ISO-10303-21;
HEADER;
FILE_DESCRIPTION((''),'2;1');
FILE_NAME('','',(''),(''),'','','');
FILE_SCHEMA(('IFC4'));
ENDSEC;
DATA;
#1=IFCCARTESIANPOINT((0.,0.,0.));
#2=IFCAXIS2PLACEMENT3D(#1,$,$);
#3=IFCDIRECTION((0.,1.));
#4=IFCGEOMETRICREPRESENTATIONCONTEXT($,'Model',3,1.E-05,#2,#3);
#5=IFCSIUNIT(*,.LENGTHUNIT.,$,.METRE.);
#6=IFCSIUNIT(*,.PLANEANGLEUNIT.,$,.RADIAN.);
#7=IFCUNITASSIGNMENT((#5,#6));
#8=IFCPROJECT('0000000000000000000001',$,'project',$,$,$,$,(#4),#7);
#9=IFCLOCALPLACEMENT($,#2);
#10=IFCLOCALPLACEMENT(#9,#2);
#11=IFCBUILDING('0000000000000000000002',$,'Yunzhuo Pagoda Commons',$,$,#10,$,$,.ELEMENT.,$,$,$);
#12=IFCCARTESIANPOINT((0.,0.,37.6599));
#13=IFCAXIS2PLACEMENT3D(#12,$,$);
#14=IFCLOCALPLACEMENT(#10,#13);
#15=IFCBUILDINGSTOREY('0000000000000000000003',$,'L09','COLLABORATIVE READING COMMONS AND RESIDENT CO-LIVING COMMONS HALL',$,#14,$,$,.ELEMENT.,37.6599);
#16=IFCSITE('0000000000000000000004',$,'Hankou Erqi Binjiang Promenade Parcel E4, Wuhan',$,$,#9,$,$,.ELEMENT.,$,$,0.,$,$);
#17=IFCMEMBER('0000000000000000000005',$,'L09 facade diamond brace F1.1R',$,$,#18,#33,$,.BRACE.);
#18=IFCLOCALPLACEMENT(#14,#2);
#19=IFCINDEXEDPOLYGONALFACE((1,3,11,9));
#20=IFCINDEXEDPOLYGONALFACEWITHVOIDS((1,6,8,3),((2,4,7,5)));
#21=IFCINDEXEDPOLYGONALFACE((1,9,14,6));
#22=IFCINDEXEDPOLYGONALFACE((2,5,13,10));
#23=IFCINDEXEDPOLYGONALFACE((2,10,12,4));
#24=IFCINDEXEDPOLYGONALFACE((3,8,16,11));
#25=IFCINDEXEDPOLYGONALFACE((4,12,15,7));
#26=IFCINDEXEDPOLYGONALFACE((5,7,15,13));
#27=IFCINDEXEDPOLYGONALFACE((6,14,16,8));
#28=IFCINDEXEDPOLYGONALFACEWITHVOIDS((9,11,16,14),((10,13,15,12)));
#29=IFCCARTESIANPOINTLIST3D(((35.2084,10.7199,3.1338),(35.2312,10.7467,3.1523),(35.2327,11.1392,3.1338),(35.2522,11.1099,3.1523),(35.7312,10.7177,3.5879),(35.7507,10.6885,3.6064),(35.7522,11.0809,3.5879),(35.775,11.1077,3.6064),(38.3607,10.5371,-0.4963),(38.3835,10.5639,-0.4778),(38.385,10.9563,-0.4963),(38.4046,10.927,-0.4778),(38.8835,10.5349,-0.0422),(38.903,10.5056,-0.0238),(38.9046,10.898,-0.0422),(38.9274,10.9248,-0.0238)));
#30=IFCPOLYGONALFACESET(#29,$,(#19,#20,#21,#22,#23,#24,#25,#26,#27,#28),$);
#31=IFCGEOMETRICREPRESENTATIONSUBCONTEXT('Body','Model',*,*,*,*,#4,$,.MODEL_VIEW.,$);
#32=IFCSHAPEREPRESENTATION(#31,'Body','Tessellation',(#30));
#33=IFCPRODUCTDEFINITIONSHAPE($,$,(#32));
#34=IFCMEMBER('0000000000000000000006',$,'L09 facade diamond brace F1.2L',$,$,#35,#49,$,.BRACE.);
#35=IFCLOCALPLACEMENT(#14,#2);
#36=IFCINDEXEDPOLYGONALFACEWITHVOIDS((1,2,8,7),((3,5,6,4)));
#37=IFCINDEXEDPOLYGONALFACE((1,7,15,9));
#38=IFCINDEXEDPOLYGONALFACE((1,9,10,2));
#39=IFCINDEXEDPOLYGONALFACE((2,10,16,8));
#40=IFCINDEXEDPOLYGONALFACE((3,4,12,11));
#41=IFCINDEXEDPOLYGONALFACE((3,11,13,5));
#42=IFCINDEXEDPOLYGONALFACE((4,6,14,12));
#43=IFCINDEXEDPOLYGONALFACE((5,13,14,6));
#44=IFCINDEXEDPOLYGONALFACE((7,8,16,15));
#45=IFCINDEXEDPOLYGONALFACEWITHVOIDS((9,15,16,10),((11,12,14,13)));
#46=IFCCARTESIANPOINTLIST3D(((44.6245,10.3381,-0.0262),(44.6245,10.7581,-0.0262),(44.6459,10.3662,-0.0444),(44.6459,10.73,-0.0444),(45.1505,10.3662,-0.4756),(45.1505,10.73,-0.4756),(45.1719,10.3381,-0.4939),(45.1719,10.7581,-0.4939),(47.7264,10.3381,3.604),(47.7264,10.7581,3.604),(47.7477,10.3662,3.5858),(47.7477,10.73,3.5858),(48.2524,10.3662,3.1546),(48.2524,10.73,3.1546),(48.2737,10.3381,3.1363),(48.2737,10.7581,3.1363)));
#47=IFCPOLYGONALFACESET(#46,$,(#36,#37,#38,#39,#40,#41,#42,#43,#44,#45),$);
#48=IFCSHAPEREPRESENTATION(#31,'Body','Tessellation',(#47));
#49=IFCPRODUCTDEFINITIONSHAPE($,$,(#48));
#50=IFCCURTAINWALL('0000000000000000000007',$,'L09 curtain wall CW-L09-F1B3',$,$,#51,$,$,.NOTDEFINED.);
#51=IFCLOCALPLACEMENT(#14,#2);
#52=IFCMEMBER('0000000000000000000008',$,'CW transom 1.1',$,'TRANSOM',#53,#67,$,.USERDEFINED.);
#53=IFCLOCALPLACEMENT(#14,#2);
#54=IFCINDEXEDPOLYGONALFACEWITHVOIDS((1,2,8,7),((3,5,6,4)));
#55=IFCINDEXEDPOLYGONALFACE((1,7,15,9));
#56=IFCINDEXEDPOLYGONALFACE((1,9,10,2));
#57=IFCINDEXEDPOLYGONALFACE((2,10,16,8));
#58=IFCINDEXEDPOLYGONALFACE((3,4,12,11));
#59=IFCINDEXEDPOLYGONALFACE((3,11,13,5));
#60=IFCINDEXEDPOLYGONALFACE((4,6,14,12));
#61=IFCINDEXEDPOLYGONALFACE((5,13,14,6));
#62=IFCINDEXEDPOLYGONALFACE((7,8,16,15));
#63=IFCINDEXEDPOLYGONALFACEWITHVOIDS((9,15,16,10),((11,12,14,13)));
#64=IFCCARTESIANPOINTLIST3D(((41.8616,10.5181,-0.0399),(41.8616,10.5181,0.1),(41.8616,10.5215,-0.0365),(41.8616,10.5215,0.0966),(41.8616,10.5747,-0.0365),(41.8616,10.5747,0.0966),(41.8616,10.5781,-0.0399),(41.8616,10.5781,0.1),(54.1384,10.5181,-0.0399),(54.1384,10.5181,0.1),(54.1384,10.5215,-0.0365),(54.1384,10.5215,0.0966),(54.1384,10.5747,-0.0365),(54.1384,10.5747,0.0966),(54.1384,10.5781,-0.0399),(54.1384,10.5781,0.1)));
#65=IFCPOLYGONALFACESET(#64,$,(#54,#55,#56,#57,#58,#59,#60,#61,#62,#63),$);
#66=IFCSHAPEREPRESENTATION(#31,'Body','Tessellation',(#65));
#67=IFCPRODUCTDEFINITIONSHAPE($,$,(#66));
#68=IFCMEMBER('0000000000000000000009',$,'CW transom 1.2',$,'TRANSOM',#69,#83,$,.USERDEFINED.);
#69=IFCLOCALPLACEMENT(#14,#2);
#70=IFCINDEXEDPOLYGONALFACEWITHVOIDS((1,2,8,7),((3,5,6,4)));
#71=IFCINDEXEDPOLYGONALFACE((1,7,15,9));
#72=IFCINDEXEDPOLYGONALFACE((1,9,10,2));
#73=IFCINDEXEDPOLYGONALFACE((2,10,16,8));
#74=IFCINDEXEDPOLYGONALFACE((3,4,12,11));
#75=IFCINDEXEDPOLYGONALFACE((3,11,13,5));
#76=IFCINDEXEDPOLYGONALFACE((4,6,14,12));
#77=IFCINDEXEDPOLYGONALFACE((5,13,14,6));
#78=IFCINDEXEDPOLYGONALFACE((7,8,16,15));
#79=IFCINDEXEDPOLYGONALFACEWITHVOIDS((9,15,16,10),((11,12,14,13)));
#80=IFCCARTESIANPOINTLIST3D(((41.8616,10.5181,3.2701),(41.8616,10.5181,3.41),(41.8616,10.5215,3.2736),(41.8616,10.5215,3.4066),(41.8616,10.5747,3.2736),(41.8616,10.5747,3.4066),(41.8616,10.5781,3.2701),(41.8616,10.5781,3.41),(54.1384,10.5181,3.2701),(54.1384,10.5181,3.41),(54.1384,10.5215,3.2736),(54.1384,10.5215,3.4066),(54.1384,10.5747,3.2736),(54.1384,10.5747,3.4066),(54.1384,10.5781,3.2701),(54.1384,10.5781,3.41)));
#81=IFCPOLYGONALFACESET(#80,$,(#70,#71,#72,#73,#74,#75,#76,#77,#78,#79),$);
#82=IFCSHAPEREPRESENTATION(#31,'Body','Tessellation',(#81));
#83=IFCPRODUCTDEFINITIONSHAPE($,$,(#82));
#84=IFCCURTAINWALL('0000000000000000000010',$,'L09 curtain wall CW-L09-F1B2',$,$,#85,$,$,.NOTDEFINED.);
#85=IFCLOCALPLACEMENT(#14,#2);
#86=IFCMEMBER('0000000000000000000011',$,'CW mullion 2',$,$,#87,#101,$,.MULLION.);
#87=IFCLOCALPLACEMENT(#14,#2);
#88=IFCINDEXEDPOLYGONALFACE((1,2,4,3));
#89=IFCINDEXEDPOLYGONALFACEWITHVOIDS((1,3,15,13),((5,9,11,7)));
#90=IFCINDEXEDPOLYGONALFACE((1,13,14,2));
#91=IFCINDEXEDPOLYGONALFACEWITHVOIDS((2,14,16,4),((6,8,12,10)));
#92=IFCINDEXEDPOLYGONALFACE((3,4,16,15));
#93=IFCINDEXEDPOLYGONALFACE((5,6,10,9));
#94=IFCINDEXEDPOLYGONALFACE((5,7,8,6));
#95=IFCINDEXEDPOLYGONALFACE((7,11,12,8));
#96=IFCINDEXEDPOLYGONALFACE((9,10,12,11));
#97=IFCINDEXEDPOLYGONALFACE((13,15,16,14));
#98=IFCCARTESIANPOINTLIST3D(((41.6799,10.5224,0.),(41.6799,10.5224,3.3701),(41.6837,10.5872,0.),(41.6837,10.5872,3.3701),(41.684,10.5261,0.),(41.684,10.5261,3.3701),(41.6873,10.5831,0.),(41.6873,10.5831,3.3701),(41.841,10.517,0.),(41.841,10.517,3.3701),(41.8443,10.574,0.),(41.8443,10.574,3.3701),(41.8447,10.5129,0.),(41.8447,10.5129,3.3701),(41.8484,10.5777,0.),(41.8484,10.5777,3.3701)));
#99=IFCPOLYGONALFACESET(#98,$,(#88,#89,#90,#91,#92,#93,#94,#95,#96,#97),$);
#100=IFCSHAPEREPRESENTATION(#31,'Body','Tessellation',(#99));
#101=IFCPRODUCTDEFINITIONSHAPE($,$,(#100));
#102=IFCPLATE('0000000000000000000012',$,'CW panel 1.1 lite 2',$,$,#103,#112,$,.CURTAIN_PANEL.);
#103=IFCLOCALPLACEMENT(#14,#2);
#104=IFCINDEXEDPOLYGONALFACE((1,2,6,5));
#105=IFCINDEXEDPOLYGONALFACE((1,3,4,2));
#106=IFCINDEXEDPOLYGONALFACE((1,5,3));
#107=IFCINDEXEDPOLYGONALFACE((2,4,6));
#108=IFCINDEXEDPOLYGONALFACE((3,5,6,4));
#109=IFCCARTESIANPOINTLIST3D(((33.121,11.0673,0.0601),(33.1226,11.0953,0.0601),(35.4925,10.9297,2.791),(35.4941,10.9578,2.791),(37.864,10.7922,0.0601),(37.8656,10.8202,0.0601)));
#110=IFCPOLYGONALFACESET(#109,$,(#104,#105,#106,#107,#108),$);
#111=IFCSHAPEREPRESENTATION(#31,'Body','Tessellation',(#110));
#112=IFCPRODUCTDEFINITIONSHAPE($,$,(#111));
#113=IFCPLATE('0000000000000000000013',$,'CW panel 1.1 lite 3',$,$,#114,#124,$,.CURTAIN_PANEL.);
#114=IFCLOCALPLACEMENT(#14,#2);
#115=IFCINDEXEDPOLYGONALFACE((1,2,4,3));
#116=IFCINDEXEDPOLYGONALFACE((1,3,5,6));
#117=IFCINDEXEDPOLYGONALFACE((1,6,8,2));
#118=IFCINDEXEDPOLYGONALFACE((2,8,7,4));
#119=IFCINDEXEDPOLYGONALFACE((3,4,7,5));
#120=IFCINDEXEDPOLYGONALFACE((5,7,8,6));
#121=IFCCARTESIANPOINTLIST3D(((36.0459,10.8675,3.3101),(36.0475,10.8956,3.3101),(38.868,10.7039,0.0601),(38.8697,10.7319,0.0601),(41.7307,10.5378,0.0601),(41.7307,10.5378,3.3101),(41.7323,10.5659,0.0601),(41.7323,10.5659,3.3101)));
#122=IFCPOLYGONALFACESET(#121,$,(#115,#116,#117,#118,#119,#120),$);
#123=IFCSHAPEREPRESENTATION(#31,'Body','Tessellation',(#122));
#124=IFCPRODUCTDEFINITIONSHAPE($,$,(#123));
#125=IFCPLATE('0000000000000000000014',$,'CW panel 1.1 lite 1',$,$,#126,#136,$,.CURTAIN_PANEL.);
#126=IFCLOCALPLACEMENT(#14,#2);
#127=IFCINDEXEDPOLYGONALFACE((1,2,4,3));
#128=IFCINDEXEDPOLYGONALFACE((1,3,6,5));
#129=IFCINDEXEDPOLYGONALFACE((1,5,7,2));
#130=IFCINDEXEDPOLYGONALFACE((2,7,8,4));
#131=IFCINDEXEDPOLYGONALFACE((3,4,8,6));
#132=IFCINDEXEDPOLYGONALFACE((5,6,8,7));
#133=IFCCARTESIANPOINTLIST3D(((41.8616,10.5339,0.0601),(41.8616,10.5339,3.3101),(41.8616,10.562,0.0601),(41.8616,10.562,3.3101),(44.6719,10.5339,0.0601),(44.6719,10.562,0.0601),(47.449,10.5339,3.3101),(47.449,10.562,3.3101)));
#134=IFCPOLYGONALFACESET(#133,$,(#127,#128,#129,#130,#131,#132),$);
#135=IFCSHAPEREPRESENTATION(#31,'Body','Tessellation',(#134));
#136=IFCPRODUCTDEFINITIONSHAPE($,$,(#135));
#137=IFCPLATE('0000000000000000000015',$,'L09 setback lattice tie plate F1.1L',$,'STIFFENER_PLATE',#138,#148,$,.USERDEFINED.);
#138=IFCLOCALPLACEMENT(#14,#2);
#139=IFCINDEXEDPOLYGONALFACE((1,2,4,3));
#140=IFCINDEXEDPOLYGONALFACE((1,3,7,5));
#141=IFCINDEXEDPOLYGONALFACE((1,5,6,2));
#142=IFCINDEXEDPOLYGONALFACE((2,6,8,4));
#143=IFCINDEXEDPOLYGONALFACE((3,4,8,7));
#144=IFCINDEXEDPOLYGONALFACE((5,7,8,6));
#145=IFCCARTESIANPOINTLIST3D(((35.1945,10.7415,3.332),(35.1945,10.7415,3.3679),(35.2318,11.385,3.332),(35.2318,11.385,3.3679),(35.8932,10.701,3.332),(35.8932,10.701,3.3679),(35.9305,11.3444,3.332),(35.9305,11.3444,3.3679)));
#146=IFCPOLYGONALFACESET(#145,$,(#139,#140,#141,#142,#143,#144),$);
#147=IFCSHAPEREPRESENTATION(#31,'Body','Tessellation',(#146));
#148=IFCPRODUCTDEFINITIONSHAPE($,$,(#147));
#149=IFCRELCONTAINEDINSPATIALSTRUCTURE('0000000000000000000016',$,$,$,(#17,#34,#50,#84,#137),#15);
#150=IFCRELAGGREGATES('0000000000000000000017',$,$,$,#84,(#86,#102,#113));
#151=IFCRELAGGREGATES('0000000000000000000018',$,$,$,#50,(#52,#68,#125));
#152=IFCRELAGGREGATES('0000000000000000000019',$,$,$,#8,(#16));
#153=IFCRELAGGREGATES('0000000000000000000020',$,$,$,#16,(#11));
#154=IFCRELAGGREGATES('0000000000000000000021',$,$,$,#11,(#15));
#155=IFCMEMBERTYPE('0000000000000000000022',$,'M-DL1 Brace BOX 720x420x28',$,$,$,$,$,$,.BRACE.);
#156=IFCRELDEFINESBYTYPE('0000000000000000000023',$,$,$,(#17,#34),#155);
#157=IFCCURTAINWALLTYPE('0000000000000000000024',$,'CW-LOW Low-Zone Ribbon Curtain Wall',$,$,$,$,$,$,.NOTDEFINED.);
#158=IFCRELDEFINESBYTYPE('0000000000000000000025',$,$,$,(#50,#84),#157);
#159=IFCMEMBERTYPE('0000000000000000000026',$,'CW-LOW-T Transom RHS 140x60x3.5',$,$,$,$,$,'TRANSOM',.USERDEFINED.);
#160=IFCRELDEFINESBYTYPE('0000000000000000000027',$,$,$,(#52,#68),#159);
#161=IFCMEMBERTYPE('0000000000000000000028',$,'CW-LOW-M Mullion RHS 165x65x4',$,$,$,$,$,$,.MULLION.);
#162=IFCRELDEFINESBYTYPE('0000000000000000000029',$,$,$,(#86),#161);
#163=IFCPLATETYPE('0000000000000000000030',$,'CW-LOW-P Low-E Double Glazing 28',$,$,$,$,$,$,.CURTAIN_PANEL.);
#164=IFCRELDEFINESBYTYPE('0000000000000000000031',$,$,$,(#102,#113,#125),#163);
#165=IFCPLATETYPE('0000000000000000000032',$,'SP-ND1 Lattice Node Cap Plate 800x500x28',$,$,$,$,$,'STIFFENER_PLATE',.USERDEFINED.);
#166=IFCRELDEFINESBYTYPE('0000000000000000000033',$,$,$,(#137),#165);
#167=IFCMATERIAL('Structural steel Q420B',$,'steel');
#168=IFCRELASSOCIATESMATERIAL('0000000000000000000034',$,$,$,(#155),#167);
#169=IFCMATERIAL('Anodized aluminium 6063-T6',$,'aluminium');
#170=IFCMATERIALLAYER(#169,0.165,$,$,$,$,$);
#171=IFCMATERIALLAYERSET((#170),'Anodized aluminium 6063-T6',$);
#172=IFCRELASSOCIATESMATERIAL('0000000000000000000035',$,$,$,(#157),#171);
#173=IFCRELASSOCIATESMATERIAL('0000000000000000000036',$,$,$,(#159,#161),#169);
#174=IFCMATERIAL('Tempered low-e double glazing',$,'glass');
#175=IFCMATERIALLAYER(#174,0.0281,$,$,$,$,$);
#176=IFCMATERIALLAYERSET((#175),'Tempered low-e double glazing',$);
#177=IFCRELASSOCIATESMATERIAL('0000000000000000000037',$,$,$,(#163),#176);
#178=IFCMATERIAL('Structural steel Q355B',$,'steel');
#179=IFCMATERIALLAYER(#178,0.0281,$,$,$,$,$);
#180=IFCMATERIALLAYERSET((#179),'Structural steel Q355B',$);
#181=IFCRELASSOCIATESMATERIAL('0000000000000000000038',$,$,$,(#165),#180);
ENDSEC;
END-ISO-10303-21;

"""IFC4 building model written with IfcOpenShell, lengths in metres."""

from ifc_helpers import new_model, si_unit, direction, frame, origin, origin_2d, place, context, subcontext, project, spatial, polyline, rectangle, hollow_rectangle, outline, extrude, source, transform, mapped, material, layer, layer_set, material_profile, profile_set, type_object, element, aggregate, save


model = new_model("IFC4")

# Units and contexts
model_context = context("Model", 3, precision=1e-05, world=origin(), true_north=direction((0.0, 1.0)))
body_context = subcontext(model_context, "Body", "Model", "MODEL_VIEW")
ifc_project = project(units=[si_unit("LENGTHUNIT", "METRE"), si_unit("PLANEANGLEUNIT", "RADIAN")], contexts=[model_context])

# Site, building, storey
site_placement = place(None, origin())
site = spatial("IfcSite", under=ifc_project, at=site_placement, Name="Hankou Erqi Binjiang Promenade Parcel E4, Wuhan", CompositionType="ELEMENT", RefElevation=0.0)
building_placement = place(site_placement, origin())
building = spatial("IfcBuilding", under=site, at=building_placement, Name="Yunzhuo Pagoda Commons", CompositionType="ELEMENT")
storey_placement = place(building_placement, frame((0.0, 0.0, 37.6599)))
storey = spatial("IfcBuildingStorey", under=building, at=storey_placement, Name="L09", Description="COLLABORATIVE READING COMMONS AND RESIDENT CO-LIVING COMMONS HALL", CompositionType="ELEMENT", Elevation=37.6599)

# Shared definitions
ifc_material_1 = material(Name="Structural steel Q420B", Category="steel")

# Shared definitions
ifc_material_2 = material(Name="Structural steel Q355B", Category="steel")

# Members
ifc_material_profile_1 = material_profile(ifc_material_1, hollow_rectangle(XDim=0.4199, YDim=0.72, WallThickness=0.0281, at=origin_2d()), Name="Structural steel Q420B")
ifc_profile_set_1 = profile_set([ifc_material_profile_1], Name="Structural steel Q420B")
member_type_1 = type_object("IfcMemberType", Name="M-DL1 Brace BOX 720x420x28", PredefinedType="BRACE", material=ifc_profile_set_1)
shared_shape_1 = source(origin(), body_context, "Body", "SweptSolid", [
    extrude(hollow_rectangle(XDim=0.4199, YDim=0.72, WallThickness=0.0281, at=origin_2d()), origin(), (0.0, 0.0, 1.0), 4.8113),
])
member_1_placement = place(storey_placement, frame((38.644, 10.731, -0.26), z_axis=(-0.655197, 0.038007, 0.754501), x_axis=(-0.057911, -0.998322, 0.0)))
element("IfcMember", 1, at=member_1_placement, inside=storey, type_object=member_type_1, Name="L09 facade diamond brace F1.1R", PredefinedType="BRACE", context=body_context, shape_type="MappedRepresentation", body=[
    mapped(shared_shape_1, transform((0.0, 0.0, 0.0), scale=1.0)),
])
shared_shape_2 = source(origin(), body_context, "Body", "SweptSolid", [
    extrude(hollow_rectangle(XDim=0.4199, YDim=0.72, WallThickness=0.0281, at=origin_2d()), origin(), (0.0, 0.0, 1.0), 4.7749),
])
member_2_placement = place(storey_placement, frame((44.8982, 10.5481, -0.26), z_axis=(0.649616, 0.0, 0.760263), x_axis=(0.0, 1.0, 0.0)))
element("IfcMember", 2, at=member_2_placement, inside=storey, type_object=member_type_1, Name="L09 facade diamond brace F1.2L", PredefinedType="BRACE", context=body_context, shape_type="MappedRepresentation", body=[
    mapped(shared_shape_2, transform((0.0, 0.0, 0.0), scale=1.0)),
])

# Curtain wall, members
ifc_material_3 = material(Name="Anodized aluminium 6063-T6", Category="aluminium")
ifc_layer_1 = layer(ifc_material_3, 0.165)
ifc_layer_set_1 = layer_set([ifc_layer_1], Name="Anodized aluminium 6063-T6")
curtain_wall_type = type_object("IfcCurtainWallType", Name="CW-LOW Low-Zone Ribbon Curtain Wall", PredefinedType="NOTDEFINED", material=ifc_layer_set_1)
curtain_wall_1_placement = place(storey_placement, origin())
curtain_wall_1 = element("IfcCurtainWall", 3, at=curtain_wall_1_placement, inside=storey, type_object=curtain_wall_type, Name="L09 curtain wall CW-L09-F1B3", PredefinedType="NOTDEFINED")
ifc_material_profile_2 = material_profile(ifc_material_3, hollow_rectangle(XDim=0.0601, YDim=0.1399, WallThickness=0.0034, at=origin_2d()), Name="Anodized aluminium 6063-T6")
ifc_profile_set_2 = profile_set([ifc_material_profile_2], Name="Anodized aluminium 6063-T6")
member_type_2 = type_object("IfcMemberType", Name="CW-LOW-T Transom RHS 140x60x3.5", ElementType="TRANSOM", PredefinedType="USERDEFINED", material=ifc_profile_set_2)
shared_shape_3 = source(origin(), body_context, "Body", "SweptSolid", [
    extrude(hollow_rectangle(XDim=0.0601, YDim=0.1399, WallThickness=0.0034, at=origin_2d()), origin(), (0.0, 0.0, 1.0), 12.2769),
])
member_3_placement = place(storey_placement, frame((41.8616, 10.5481, 0.03), z_axis=(1.0, 0.0, 0.0), x_axis=(0.0, 1.0, 0.0)))
member_3 = element("IfcMember", 4, at=member_3_placement, type_object=member_type_2, Name="CW transom 1.1", ObjectType="TRANSOM", PredefinedType="USERDEFINED", context=body_context, shape_type="MappedRepresentation", body=[
    mapped(shared_shape_3, transform((0.0, 0.0, 0.0), scale=1.0)),
])
member_4_placement = place(storey_placement, frame((41.8616, 10.5481, 3.3401), z_axis=(1.0, 0.0, 0.0), x_axis=(0.0, 1.0, 0.0)))
member_4 = element("IfcMember", 5, at=member_4_placement, type_object=member_type_2, Name="CW transom 1.2", ObjectType="TRANSOM", PredefinedType="USERDEFINED", context=body_context, shape_type="MappedRepresentation", body=[
    mapped(shared_shape_3, transform((0.0, 0.0, 0.0), scale=1.0)),
])

# Curtain wall, member, plates
curtain_wall_2_placement = place(storey_placement, origin())
curtain_wall_2 = element("IfcCurtainWall", 6, at=curtain_wall_2_placement, inside=storey, type_object=curtain_wall_type, Name="L09 curtain wall CW-L09-F1B2", PredefinedType="NOTDEFINED")
ifc_material_profile_3 = material_profile(ifc_material_3, hollow_rectangle(XDim=0.0649, YDim=0.165, WallThickness=0.0039, at=origin_2d()), Name="Anodized aluminium 6063-T6")
ifc_profile_set_3 = profile_set([ifc_material_profile_3], Name="Anodized aluminium 6063-T6")
member_type_3 = type_object("IfcMemberType", Name="CW-LOW-M Mullion RHS 165x65x4", PredefinedType="MULLION", material=ifc_profile_set_3)
shared_shape_4 = source(origin(), body_context, "Body", "SweptSolid", [
    extrude(hollow_rectangle(XDim=0.0649, YDim=0.165, WallThickness=0.0039, at=origin_2d()), origin(), (0.0, 0.0, 1.0), 3.3701),
])
member_5_placement = place(storey_placement, frame((41.7642, 10.55, 0.0), z_axis=(0.0, 0.0, 1.0), x_axis=(0.057899, 0.998322, 0.0)))
member_5 = element("IfcMember", 7, at=member_5_placement, type_object=member_type_3, Name="CW mullion 2", PredefinedType="MULLION", context=body_context, shape_type="MappedRepresentation", body=[
    mapped(shared_shape_4, transform((0.0, 0.0, 0.0), scale=1.0)),
])
ifc_material_4 = material(Name="Tempered low-e double glazing", Category="glass")
ifc_layer_2 = layer(ifc_material_4, 0.0281)
ifc_layer_set_2 = layer_set([ifc_layer_2], Name="Tempered low-e double glazing")
plate_type_1 = type_object("IfcPlateType", Name="CW-LOW-P Low-E Double Glazing 28", PredefinedType="CURTAIN_PANEL", material=ifc_layer_set_2)
plate_1_placement = place(storey_placement, frame((35.4941, 10.9578, 1.4255), z_axis=(-0.057899, -0.998322, 0.0), x_axis=(0.998322, -0.057899, 0.0)))
plate_1 = element("IfcPlate", 8, at=plate_1_placement, type_object=plate_type_1, Name="CW panel 1.1 lite 2", PredefinedType="CURTAIN_PANEL", context=body_context, shape_type="SweptSolid", body=[
    extrude(outline(polyline([(-2.3755, -1.3655), (2.3755, -1.3655), (0.0, 1.3655), (-2.3755, -1.3655)])), origin(), (0.0, 0.0, 1.0), 0.0281),
])
plate_2_placement = place(storey_placement, frame((38.8899, 10.7307, 1.6851), z_axis=(-0.057899, -0.998322, 0.0), x_axis=(0.998322, -0.057899, 0.0)))
plate_2 = element("IfcPlate", 9, at=plate_2_placement, type_object=plate_type_1, Name="CW panel 1.1 lite 3", PredefinedType="CURTAIN_PANEL", context=body_context, shape_type="SweptSolid", body=[
    extrude(outline(polyline([(-2.8472, 1.625), (-0.0203, -1.625), (2.8472, -1.625), (2.8472, 1.625), (-2.8472, 1.625)])), origin(), (0.0, 0.0, 1.0), 0.0281),
])
aggregate(curtain_wall_2, [member_5, plate_1, plate_2])

# Plates
plate_3_placement = place(storey_placement, frame((44.6553, 10.562, 1.6851), z_axis=(0.0, -1.0, 0.0), x_axis=(1.0, 0.0, 0.0)))
plate_3 = element("IfcPlate", 10, at=plate_3_placement, type_object=plate_type_1, Name="CW panel 1.1 lite 1", PredefinedType="CURTAIN_PANEL", context=body_context, shape_type="SweptSolid", body=[
    extrude(outline(polyline([(-2.7937, -1.625), (0.0166, -1.625), (2.7937, 1.625), (-2.7937, 1.625), (-2.7937, -1.625)])), origin(), (0.0, 0.0, 1.0), 0.0281),
])
aggregate(curtain_wall_1, [member_3, member_4, plate_3])
ifc_layer_3 = layer(ifc_material_2, 0.0281)
ifc_layer_set_3 = layer_set([ifc_layer_3], Name="Structural steel Q355B")
plate_type_2 = type_object("IfcPlateType", Name="SP-ND1 Lattice Node Cap Plate 800x500x28", ElementType="STIFFENER_PLATE", PredefinedType="USERDEFINED", material=ifc_layer_set_3)
shared_shape_5 = source(origin(), body_context, "Body", "SweptSolid", [
    extrude(rectangle(XDim=0.7, YDim=0.6445, at=origin_2d()), origin(), (0.0, 0.0, 1.0), 0.0359),
])
plate_4_placement = place(storey_placement, frame((35.5625, 11.043, 3.332), z_axis=(0.0, 0.0, 1.0), x_axis=(0.998323, -0.057895, 0.0)))
element("IfcPlate", 11, at=plate_4_placement, inside=storey, type_object=plate_type_2, Name="L09 setback lattice tie plate F1.1L", ObjectType="STIFFENER_PLATE", PredefinedType="USERDEFINED", context=body_context, shape_type="MappedRepresentation", body=[
    mapped(shared_shape_5, transform((0.0, 0.0, 0.0), scale=1.0)),
])

save(model, "model.ifc")
